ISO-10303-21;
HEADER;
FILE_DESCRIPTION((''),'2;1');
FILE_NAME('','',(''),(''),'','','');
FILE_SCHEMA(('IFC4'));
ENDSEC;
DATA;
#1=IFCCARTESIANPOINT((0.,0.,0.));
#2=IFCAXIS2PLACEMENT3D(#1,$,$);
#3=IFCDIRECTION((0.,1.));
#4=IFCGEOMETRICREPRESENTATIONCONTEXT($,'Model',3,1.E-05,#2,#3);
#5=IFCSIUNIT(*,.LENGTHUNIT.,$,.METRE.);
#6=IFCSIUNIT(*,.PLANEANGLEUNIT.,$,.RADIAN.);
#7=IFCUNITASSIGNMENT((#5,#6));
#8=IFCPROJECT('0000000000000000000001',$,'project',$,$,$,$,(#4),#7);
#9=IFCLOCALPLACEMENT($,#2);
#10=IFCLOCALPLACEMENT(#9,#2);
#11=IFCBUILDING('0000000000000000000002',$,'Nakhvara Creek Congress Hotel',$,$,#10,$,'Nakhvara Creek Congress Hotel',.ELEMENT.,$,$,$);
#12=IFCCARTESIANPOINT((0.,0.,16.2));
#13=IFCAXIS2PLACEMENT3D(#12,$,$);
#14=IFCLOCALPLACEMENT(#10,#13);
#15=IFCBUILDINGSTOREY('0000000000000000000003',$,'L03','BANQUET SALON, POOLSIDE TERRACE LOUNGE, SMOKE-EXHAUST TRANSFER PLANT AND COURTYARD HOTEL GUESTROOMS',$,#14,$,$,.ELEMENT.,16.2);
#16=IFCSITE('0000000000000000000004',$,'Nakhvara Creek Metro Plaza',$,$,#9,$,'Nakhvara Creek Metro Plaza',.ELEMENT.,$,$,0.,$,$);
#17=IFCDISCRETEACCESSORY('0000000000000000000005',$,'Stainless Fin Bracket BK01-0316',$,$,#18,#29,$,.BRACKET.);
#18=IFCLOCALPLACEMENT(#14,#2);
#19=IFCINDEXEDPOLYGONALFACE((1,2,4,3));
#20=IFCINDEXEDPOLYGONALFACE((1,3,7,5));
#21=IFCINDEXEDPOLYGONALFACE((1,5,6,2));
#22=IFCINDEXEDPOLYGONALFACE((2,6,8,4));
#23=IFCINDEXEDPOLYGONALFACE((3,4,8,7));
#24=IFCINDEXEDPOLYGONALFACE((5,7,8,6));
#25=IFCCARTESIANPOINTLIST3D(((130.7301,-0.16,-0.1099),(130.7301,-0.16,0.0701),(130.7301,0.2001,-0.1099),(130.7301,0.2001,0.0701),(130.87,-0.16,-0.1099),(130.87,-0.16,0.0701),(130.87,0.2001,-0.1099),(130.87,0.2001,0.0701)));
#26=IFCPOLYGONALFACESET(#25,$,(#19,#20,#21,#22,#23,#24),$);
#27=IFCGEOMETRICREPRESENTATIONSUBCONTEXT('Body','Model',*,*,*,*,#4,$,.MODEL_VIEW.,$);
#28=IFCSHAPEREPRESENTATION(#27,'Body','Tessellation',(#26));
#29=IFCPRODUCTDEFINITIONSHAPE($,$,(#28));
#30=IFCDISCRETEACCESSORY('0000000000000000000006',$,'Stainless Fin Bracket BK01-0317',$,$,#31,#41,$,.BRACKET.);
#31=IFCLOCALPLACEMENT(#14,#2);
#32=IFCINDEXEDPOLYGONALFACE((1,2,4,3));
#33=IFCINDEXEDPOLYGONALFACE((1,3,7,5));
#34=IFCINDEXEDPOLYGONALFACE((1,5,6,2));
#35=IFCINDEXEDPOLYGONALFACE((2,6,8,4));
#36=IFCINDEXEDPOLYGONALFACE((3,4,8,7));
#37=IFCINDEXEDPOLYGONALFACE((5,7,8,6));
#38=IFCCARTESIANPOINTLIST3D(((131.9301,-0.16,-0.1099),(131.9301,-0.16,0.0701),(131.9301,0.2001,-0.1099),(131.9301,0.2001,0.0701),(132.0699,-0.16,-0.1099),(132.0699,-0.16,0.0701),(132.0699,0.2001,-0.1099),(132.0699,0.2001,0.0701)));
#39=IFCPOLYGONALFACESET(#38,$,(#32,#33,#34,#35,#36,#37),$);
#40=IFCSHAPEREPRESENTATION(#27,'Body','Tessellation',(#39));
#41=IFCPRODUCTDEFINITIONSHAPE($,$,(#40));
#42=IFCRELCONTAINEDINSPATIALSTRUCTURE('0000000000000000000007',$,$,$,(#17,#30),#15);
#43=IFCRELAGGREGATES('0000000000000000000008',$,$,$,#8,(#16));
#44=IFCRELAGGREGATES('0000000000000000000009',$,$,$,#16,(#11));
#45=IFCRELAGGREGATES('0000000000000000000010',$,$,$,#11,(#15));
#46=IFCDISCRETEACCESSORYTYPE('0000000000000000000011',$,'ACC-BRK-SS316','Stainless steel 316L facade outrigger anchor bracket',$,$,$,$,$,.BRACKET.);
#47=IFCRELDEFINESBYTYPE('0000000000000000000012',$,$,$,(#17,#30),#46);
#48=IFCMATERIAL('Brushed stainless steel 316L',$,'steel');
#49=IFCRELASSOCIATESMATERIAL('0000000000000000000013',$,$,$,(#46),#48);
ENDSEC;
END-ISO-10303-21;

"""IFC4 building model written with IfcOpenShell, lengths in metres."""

from ifc_helpers import new_model, si_unit, direction, frame, origin, origin_2d, place, context, subcontext, project, spatial, rectangle, extrude, material, type_object, element, save


model = new_model("IFC4")

# Units and contexts
model_context = context("Model", 3, precision=1e-05, world=origin(), true_north=direction((0.0, 1.0)))
body_context = subcontext(model_context, "Body", "Model", "MODEL_VIEW")
ifc_project = project(units=[si_unit("LENGTHUNIT", "METRE"), si_unit("PLANEANGLEUNIT", "RADIAN")], contexts=[model_context])

# Site, building, storey
site_placement = place(None, origin())
site = spatial("IfcSite", under=ifc_project, at=site_placement, Name="Nakhvara Creek Metro Plaza", LongName="Nakhvara Creek Metro Plaza", CompositionType="ELEMENT", RefElevation=0.0)
building_placement = place(site_placement, origin())
building = spatial("IfcBuilding", under=site, at=building_placement, Name="Nakhvara Creek Congress Hotel", LongName="Nakhvara Creek Congress Hotel", CompositionType="ELEMENT")
storey_placement = place(building_placement, frame((0.0, 0.0, 16.2)))
storey = spatial("IfcBuildingStorey", under=building, at=storey_placement, Name="L03", Description="BANQUET SALON, POOLSIDE TERRACE LOUNGE, SMOKE-EXHAUST TRANSFER PLANT AND COURTYARD HOTEL GUESTROOMS", CompositionType="ELEMENT", Elevation=16.2)

# Discrete accessories
ifc_material_1 = material(Name="Brushed stainless steel 316L", Category="steel")
discrete_accessory_type = type_object("IfcDiscreteAccessoryType", Name="ACC-BRK-SS316", Description="Stainless steel 316L facade outrigger anchor bracket", PredefinedType="BRACKET", material=ifc_material_1)
for number, where, z_axis, x_axis, name in (
    (1, (130.8, 0.02, -0.1099), (0.0, 0.0, 1.0), (1.0, 0.0, 0.0), "Stainless Fin Bracket BK01-0316"),
    (2, (132.0, 0.02, -0.1099), (0.0, 0.0, 1.0), (1.0, 0.0, 0.0), "Stainless Fin Bracket BK01-0317"),
):
    element("IfcDiscreteAccessory", number, at=place(storey_placement, frame(where, z_axis=z_axis, x_axis=x_axis)), inside=storey, type_object=discrete_accessory_type, Name=name, PredefinedType="BRACKET", context=body_context, shape_type="SweptSolid", body=[
        extrude(rectangle(XDim=0.1399, YDim=0.3601, at=origin_2d()), origin(), (0.0, 0.0, 1.0), 0.1799),
    ])

save(model, "model.ifc")
